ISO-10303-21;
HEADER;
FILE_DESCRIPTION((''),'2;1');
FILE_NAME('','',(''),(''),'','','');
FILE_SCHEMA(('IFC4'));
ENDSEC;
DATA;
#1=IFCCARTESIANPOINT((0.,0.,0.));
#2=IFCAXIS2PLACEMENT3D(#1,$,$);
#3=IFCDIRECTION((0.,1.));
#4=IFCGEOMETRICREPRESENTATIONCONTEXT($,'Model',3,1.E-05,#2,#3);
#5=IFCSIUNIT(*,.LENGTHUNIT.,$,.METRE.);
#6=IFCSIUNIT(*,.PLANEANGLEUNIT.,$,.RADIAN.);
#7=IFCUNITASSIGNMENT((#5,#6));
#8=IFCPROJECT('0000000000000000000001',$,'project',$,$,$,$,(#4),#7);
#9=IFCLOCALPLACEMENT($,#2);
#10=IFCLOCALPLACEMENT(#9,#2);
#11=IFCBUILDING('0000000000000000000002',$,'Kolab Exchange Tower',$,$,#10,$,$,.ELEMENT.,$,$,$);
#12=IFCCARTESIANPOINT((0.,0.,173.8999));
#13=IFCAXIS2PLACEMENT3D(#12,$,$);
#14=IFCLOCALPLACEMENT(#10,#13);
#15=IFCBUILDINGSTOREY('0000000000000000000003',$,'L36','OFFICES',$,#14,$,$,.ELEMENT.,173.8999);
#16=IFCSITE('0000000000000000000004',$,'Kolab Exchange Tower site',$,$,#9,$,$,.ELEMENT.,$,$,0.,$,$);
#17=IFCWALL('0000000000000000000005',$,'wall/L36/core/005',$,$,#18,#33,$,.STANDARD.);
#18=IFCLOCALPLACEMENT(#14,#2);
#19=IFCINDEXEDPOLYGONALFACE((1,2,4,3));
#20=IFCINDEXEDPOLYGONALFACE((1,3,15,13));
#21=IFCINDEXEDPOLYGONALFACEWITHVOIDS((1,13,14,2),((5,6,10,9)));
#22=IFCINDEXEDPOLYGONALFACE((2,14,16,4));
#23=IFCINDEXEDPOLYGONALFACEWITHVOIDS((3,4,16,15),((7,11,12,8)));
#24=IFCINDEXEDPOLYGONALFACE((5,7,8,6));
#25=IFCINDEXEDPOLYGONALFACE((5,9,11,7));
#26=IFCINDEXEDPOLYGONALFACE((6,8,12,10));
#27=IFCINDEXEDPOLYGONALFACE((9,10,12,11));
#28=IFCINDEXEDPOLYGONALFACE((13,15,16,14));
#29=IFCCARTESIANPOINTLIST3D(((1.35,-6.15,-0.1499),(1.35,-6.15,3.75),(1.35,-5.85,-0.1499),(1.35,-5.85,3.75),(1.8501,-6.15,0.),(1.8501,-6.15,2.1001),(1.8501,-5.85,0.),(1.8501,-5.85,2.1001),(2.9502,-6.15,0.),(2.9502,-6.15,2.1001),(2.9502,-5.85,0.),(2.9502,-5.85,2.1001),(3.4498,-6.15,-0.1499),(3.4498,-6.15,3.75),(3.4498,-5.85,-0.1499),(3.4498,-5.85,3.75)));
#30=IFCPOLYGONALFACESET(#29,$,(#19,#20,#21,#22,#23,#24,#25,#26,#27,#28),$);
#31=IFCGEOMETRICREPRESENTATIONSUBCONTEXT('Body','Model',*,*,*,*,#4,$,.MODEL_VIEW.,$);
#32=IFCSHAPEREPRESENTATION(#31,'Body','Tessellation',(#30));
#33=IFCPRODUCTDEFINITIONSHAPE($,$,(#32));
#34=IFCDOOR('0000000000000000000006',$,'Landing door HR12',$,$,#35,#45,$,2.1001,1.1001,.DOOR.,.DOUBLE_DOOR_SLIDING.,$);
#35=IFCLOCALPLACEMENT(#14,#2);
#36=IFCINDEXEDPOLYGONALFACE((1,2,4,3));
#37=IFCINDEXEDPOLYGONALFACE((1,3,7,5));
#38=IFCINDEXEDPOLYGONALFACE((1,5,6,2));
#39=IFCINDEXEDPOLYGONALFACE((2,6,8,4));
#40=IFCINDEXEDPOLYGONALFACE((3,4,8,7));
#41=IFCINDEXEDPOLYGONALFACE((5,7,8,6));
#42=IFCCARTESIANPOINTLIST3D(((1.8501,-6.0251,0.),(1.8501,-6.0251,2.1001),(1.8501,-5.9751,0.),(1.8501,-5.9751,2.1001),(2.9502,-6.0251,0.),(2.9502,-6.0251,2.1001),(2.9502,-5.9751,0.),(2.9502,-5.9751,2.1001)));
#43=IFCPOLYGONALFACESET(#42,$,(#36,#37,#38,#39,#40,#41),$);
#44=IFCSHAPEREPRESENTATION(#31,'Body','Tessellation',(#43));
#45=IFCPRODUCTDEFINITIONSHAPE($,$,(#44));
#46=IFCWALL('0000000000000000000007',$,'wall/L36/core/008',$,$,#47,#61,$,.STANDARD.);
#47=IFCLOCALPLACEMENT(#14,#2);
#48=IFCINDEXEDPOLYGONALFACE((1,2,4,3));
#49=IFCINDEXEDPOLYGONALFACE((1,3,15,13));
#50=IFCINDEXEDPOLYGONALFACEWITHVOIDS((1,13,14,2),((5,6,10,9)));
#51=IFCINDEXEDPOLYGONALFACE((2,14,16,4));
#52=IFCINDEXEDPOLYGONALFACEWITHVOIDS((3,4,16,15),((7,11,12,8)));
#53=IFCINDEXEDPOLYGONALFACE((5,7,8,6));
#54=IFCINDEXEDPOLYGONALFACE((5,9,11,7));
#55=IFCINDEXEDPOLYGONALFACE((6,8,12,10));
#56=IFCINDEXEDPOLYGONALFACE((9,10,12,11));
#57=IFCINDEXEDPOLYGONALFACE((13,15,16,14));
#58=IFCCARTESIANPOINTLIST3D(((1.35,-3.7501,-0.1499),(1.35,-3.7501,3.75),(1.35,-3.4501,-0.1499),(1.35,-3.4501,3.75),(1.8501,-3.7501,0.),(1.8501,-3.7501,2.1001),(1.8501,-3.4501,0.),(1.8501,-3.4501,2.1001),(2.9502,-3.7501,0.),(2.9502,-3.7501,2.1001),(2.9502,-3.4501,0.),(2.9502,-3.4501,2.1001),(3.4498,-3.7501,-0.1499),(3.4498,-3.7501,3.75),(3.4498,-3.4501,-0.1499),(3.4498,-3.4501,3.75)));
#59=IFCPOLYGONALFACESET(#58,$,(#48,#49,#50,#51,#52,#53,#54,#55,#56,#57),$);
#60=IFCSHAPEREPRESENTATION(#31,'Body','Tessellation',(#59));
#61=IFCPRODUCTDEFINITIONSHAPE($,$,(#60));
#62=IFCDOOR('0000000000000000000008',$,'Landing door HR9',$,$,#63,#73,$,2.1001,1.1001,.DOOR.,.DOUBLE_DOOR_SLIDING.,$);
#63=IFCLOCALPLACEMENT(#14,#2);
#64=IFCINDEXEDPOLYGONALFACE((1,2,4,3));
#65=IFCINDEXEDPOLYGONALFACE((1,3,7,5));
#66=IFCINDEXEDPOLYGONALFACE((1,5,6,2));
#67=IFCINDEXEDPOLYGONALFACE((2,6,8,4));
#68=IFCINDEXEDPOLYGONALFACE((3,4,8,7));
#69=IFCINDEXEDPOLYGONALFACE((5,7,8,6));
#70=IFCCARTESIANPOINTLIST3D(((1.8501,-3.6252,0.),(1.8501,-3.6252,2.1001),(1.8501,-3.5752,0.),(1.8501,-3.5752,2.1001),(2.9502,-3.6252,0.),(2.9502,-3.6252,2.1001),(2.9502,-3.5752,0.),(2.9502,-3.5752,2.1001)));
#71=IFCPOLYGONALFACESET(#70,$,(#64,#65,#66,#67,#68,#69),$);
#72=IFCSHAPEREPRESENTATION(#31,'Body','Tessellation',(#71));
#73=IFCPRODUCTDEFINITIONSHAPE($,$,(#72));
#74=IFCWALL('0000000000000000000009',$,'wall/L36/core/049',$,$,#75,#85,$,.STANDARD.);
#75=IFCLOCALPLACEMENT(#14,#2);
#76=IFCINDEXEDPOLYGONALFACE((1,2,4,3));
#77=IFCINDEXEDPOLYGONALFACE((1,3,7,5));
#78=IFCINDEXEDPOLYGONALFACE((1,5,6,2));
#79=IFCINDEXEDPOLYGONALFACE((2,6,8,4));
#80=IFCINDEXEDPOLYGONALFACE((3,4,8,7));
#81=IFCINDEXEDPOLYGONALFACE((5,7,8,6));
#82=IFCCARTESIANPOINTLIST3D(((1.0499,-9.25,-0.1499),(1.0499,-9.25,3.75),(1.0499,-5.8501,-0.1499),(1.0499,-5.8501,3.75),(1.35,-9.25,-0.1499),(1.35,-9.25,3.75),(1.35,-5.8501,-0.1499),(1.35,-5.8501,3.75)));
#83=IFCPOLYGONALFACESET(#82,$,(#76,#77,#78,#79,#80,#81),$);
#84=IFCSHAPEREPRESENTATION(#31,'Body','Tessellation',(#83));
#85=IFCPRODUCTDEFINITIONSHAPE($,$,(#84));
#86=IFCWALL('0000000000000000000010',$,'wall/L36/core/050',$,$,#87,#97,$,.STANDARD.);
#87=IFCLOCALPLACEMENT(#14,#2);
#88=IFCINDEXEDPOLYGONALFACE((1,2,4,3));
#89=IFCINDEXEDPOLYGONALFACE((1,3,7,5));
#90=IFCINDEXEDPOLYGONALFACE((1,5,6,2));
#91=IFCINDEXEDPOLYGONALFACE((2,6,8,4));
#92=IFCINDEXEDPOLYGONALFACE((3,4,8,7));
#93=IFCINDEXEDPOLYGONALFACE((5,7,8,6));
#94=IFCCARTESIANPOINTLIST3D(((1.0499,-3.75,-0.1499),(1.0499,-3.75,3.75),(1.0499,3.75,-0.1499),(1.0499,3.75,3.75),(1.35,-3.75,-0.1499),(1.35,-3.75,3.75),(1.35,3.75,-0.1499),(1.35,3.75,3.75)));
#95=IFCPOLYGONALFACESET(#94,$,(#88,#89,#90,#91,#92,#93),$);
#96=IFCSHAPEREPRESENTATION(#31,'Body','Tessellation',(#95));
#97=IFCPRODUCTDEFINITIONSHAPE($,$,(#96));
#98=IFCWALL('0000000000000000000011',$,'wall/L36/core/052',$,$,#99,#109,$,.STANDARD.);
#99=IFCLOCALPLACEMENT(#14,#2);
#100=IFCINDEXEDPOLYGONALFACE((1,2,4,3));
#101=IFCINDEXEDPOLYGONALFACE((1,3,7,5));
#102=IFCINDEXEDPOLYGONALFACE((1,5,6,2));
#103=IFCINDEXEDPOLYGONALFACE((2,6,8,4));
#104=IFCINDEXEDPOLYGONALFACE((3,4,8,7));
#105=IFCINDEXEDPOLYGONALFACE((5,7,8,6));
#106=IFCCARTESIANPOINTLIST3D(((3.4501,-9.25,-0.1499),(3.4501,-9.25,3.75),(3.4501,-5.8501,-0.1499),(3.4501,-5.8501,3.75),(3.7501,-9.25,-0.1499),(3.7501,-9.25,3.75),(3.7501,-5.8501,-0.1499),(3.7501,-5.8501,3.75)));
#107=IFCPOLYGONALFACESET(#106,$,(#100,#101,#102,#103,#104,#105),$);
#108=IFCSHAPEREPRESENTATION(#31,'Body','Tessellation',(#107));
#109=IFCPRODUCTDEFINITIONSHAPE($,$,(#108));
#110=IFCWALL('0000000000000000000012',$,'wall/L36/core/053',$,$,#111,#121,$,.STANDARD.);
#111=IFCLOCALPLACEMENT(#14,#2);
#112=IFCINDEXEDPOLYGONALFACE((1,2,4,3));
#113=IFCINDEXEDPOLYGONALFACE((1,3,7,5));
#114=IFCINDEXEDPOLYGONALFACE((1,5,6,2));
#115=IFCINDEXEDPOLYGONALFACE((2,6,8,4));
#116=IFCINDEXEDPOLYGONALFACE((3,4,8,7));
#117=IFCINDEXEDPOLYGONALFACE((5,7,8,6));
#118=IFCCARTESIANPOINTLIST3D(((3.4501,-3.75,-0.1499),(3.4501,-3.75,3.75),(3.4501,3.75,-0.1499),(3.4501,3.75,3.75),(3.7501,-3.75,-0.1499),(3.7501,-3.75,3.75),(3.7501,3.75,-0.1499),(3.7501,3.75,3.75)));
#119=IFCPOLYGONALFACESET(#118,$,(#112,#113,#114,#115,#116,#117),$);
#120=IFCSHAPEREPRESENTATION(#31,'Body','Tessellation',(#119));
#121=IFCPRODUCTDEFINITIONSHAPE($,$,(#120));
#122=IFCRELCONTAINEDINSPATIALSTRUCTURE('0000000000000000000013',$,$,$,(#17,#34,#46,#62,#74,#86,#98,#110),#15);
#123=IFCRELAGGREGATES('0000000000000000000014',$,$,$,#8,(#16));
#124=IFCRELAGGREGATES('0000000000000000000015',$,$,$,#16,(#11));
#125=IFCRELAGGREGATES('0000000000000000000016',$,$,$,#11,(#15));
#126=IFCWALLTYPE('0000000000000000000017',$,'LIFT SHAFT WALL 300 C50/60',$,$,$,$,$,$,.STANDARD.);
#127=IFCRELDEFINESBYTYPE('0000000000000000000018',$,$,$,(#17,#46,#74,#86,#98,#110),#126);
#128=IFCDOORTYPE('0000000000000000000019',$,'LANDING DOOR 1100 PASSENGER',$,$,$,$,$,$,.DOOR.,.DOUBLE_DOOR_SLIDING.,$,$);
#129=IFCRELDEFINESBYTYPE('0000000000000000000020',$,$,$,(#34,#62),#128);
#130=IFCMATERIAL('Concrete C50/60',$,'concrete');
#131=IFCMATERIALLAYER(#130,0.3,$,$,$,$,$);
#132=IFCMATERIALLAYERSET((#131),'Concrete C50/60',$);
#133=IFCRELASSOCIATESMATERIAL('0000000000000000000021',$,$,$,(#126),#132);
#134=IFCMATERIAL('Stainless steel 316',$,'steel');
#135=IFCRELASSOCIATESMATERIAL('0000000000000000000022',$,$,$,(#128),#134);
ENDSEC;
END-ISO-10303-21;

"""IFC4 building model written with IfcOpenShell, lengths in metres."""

from ifc_helpers import new_model, si_unit, direction, frame, frame_2d, origin, place, context, subcontext, project, spatial, rectangle, extrude, material, layer, layer_set, type_object, element, fill, save


model = new_model("IFC4")

# Units and contexts
model_context = context("Model", 3, precision=1e-05, world=origin(), true_north=direction((0.0, 1.0)))
body_context = subcontext(model_context, "Body", "Model", "MODEL_VIEW")
ifc_project = project(units=[si_unit("LENGTHUNIT", "METRE"), si_unit("PLANEANGLEUNIT", "RADIAN")], contexts=[model_context])

# Site, building, storey
site_placement = place(None, origin())
site = spatial("IfcSite", under=ifc_project, at=site_placement, Name="Kolab Exchange Tower site", CompositionType="ELEMENT", RefElevation=0.0)
building_placement = place(site_placement, origin())
building = spatial("IfcBuilding", under=site, at=building_placement, Name="Kolab Exchange Tower", CompositionType="ELEMENT")
storey_placement = place(building_placement, frame((0.0, 0.0, 173.8999)))
storey = spatial("IfcBuildingStorey", under=building, at=storey_placement, Name="L36", Description="OFFICES", CompositionType="ELEMENT", Elevation=173.8999)

# Walls, openings, doors
ifc_material_1 = material(Name="Concrete C50/60", Category="concrete")
ifc_layer_1 = layer(ifc_material_1, 0.3)
ifc_layer_set_1 = layer_set([ifc_layer_1], Name="Concrete C50/60")
wall_type_1 = type_object("IfcWallType", Name="LIFT SHAFT WALL 300 C50/60", PredefinedType="STANDARD", material=ifc_layer_set_1)
wall_1_placement = place(storey_placement, frame((1.3501, -6.0, -0.1499), z_axis=(0.0, 0.0, 1.0), x_axis=(1.0, 0.0, 0.0)))
wall_1 = element("IfcWall", 1, at=wall_1_placement, inside=storey, type_object=wall_type_1, Name="wall/L36/core/005", PredefinedType="STANDARD", context=body_context, shape_type="SweptSolid", body=[
    extrude(rectangle(XDim=2.0999, YDim=0.3, at=frame_2d((1.0498, 0.0))), origin(), (0.0, 0.0, 1.0), 3.8999),
])
opening_1_placement = place(wall_1_placement, frame((0.5, 0.0, 0.1499)))
opening_1 = element("IfcOpeningElement", 2, at=opening_1_placement, cuts=wall_1, PredefinedType="OPENING", context=body_context, shape_type="SweptSolid", body=[
    extrude(rectangle(XDim=1.1001, YDim=2.1001, at=frame_2d((0.55, 1.05))), frame((0.0, 0.1602, 0.0), z_axis=(0.0, -1.0, 0.0), x_axis=(1.0, 0.0, 0.0)), (0.0, 0.0, 1.0), 0.3201),
])
ifc_material_2 = material(Name="Stainless steel 316", Category="steel")
door_type_1 = type_object("IfcDoorType", Name="LANDING DOOR 1100 PASSENGER", OperationType="DOUBLE_DOOR_SLIDING", PredefinedType="DOOR", material=ifc_material_2)
door_1_placement = place(opening_1_placement, origin())
door_1 = element("IfcDoor", 3, at=door_1_placement, inside=storey, type_object=door_type_1, Name="Landing door HR12", OperationType="DOUBLE_DOOR_SLIDING", OverallHeight=2.1001, OverallWidth=1.1001, PredefinedType="DOOR", context=body_context, shape_type="SweptSolid", body=[
    extrude(rectangle(XDim=1.1001, YDim=2.1001, at=frame_2d((0.55, 1.05))), frame((0.0, 0.0249, 0.0), z_axis=(0.0, -1.0, 0.0), x_axis=(1.0, 0.0, 0.0)), (0.0, 0.0, 1.0), 0.05),
])
fill(opening_1, door_1)
wall_2_placement = place(storey_placement, frame((1.3501, -3.6001, -0.1499), z_axis=(0.0, 0.0, 1.0), x_axis=(1.0, 0.0, 0.0)))
wall_2 = element("IfcWall", 4, at=wall_2_placement, inside=storey, type_object=wall_type_1, Name="wall/L36/core/008", PredefinedType="STANDARD", context=body_context, shape_type="SweptSolid", body=[
    extrude(rectangle(XDim=2.0999, YDim=0.3, at=frame_2d((1.0498, 0.0))), origin(), (0.0, 0.0, 1.0), 3.8999),
])
opening_2_placement = place(wall_2_placement, frame((0.5, 0.0, 0.1499)))
opening_2 = element("IfcOpeningElement", 5, at=opening_2_placement, cuts=wall_2, PredefinedType="OPENING", context=body_context, shape_type="SweptSolid", body=[
    extrude(rectangle(XDim=1.1001, YDim=2.1001, at=frame_2d((0.55, 1.05))), frame((0.0, 0.1602, 0.0), z_axis=(0.0, -1.0, 0.0), x_axis=(1.0, 0.0, 0.0)), (0.0, 0.0, 1.0), 0.3201),
])
door_2_placement = place(opening_2_placement, origin())
door_2 = element("IfcDoor", 6, at=door_2_placement, inside=storey, type_object=door_type_1, Name="Landing door HR9", OperationType="DOUBLE_DOOR_SLIDING", OverallHeight=2.1001, OverallWidth=1.1001, PredefinedType="DOOR", context=body_context, shape_type="SweptSolid", body=[
    extrude(rectangle(XDim=1.1001, YDim=2.1001, at=frame_2d((0.55, 1.05))), frame((0.0, 0.0249, 0.0), z_axis=(0.0, -1.0, 0.0), x_axis=(1.0, 0.0, 0.0)), (0.0, 0.0, 1.0), 0.05),
])
fill(opening_2, door_2)

# Walls
wall_3_placement = place(storey_placement, frame((1.2, -9.25, -0.1499), z_axis=(0.0, 0.0, 1.0), x_axis=(0.0, 1.0, 0.0)))
element("IfcWall", 7, at=wall_3_placement, inside=storey, type_object=wall_type_1, Name="wall/L36/core/049", PredefinedType="STANDARD", context=body_context, shape_type="SweptSolid", body=[
    extrude(rectangle(XDim=3.3999, YDim=0.3, at=frame_2d((1.7, 0.0))), origin(), (0.0, 0.0, 1.0), 3.8999),
])
wall_4_placement = place(storey_placement, frame((1.2, -3.75, -0.1499), z_axis=(0.0, 0.0, 1.0), x_axis=(0.0, 1.0, 0.0)))
element("IfcWall", 8, at=wall_4_placement, inside=storey, type_object=wall_type_1, Name="wall/L36/core/050", PredefinedType="STANDARD", context=body_context, shape_type="SweptSolid", body=[
    extrude(rectangle(XDim=7.5, YDim=0.3, at=frame_2d((3.75, 0.0))), origin(), (0.0, 0.0, 1.0), 3.8999),
])
wall_5_placement = place(storey_placement, frame((3.6001, -9.25, -0.1499), z_axis=(0.0, 0.0, 1.0), x_axis=(0.0, 1.0, 0.0)))
element("IfcWall", 9, at=wall_5_placement, inside=storey, type_object=wall_type_1, Name="wall/L36/core/052", PredefinedType="STANDARD", context=body_context, shape_type="SweptSolid", body=[
    extrude(rectangle(XDim=3.3999, YDim=0.3, at=frame_2d((1.7, 0.0))), origin(), (0.0, 0.0, 1.0), 3.8999),
])
wall_6_placement = place(storey_placement, frame((3.6001, -3.75, -0.1499), z_axis=(0.0, 0.0, 1.0), x_axis=(0.0, 1.0, 0.0)))
element("IfcWall", 10, at=wall_6_placement, inside=storey, type_object=wall_type_1, Name="wall/L36/core/053", PredefinedType="STANDARD", context=body_context, shape_type="SweptSolid", body=[
    extrude(rectangle(XDim=7.5, YDim=0.3, at=frame_2d((3.75, 0.0))), origin(), (0.0, 0.0, 1.0), 3.8999),
])

save(model, "model.ifc")
